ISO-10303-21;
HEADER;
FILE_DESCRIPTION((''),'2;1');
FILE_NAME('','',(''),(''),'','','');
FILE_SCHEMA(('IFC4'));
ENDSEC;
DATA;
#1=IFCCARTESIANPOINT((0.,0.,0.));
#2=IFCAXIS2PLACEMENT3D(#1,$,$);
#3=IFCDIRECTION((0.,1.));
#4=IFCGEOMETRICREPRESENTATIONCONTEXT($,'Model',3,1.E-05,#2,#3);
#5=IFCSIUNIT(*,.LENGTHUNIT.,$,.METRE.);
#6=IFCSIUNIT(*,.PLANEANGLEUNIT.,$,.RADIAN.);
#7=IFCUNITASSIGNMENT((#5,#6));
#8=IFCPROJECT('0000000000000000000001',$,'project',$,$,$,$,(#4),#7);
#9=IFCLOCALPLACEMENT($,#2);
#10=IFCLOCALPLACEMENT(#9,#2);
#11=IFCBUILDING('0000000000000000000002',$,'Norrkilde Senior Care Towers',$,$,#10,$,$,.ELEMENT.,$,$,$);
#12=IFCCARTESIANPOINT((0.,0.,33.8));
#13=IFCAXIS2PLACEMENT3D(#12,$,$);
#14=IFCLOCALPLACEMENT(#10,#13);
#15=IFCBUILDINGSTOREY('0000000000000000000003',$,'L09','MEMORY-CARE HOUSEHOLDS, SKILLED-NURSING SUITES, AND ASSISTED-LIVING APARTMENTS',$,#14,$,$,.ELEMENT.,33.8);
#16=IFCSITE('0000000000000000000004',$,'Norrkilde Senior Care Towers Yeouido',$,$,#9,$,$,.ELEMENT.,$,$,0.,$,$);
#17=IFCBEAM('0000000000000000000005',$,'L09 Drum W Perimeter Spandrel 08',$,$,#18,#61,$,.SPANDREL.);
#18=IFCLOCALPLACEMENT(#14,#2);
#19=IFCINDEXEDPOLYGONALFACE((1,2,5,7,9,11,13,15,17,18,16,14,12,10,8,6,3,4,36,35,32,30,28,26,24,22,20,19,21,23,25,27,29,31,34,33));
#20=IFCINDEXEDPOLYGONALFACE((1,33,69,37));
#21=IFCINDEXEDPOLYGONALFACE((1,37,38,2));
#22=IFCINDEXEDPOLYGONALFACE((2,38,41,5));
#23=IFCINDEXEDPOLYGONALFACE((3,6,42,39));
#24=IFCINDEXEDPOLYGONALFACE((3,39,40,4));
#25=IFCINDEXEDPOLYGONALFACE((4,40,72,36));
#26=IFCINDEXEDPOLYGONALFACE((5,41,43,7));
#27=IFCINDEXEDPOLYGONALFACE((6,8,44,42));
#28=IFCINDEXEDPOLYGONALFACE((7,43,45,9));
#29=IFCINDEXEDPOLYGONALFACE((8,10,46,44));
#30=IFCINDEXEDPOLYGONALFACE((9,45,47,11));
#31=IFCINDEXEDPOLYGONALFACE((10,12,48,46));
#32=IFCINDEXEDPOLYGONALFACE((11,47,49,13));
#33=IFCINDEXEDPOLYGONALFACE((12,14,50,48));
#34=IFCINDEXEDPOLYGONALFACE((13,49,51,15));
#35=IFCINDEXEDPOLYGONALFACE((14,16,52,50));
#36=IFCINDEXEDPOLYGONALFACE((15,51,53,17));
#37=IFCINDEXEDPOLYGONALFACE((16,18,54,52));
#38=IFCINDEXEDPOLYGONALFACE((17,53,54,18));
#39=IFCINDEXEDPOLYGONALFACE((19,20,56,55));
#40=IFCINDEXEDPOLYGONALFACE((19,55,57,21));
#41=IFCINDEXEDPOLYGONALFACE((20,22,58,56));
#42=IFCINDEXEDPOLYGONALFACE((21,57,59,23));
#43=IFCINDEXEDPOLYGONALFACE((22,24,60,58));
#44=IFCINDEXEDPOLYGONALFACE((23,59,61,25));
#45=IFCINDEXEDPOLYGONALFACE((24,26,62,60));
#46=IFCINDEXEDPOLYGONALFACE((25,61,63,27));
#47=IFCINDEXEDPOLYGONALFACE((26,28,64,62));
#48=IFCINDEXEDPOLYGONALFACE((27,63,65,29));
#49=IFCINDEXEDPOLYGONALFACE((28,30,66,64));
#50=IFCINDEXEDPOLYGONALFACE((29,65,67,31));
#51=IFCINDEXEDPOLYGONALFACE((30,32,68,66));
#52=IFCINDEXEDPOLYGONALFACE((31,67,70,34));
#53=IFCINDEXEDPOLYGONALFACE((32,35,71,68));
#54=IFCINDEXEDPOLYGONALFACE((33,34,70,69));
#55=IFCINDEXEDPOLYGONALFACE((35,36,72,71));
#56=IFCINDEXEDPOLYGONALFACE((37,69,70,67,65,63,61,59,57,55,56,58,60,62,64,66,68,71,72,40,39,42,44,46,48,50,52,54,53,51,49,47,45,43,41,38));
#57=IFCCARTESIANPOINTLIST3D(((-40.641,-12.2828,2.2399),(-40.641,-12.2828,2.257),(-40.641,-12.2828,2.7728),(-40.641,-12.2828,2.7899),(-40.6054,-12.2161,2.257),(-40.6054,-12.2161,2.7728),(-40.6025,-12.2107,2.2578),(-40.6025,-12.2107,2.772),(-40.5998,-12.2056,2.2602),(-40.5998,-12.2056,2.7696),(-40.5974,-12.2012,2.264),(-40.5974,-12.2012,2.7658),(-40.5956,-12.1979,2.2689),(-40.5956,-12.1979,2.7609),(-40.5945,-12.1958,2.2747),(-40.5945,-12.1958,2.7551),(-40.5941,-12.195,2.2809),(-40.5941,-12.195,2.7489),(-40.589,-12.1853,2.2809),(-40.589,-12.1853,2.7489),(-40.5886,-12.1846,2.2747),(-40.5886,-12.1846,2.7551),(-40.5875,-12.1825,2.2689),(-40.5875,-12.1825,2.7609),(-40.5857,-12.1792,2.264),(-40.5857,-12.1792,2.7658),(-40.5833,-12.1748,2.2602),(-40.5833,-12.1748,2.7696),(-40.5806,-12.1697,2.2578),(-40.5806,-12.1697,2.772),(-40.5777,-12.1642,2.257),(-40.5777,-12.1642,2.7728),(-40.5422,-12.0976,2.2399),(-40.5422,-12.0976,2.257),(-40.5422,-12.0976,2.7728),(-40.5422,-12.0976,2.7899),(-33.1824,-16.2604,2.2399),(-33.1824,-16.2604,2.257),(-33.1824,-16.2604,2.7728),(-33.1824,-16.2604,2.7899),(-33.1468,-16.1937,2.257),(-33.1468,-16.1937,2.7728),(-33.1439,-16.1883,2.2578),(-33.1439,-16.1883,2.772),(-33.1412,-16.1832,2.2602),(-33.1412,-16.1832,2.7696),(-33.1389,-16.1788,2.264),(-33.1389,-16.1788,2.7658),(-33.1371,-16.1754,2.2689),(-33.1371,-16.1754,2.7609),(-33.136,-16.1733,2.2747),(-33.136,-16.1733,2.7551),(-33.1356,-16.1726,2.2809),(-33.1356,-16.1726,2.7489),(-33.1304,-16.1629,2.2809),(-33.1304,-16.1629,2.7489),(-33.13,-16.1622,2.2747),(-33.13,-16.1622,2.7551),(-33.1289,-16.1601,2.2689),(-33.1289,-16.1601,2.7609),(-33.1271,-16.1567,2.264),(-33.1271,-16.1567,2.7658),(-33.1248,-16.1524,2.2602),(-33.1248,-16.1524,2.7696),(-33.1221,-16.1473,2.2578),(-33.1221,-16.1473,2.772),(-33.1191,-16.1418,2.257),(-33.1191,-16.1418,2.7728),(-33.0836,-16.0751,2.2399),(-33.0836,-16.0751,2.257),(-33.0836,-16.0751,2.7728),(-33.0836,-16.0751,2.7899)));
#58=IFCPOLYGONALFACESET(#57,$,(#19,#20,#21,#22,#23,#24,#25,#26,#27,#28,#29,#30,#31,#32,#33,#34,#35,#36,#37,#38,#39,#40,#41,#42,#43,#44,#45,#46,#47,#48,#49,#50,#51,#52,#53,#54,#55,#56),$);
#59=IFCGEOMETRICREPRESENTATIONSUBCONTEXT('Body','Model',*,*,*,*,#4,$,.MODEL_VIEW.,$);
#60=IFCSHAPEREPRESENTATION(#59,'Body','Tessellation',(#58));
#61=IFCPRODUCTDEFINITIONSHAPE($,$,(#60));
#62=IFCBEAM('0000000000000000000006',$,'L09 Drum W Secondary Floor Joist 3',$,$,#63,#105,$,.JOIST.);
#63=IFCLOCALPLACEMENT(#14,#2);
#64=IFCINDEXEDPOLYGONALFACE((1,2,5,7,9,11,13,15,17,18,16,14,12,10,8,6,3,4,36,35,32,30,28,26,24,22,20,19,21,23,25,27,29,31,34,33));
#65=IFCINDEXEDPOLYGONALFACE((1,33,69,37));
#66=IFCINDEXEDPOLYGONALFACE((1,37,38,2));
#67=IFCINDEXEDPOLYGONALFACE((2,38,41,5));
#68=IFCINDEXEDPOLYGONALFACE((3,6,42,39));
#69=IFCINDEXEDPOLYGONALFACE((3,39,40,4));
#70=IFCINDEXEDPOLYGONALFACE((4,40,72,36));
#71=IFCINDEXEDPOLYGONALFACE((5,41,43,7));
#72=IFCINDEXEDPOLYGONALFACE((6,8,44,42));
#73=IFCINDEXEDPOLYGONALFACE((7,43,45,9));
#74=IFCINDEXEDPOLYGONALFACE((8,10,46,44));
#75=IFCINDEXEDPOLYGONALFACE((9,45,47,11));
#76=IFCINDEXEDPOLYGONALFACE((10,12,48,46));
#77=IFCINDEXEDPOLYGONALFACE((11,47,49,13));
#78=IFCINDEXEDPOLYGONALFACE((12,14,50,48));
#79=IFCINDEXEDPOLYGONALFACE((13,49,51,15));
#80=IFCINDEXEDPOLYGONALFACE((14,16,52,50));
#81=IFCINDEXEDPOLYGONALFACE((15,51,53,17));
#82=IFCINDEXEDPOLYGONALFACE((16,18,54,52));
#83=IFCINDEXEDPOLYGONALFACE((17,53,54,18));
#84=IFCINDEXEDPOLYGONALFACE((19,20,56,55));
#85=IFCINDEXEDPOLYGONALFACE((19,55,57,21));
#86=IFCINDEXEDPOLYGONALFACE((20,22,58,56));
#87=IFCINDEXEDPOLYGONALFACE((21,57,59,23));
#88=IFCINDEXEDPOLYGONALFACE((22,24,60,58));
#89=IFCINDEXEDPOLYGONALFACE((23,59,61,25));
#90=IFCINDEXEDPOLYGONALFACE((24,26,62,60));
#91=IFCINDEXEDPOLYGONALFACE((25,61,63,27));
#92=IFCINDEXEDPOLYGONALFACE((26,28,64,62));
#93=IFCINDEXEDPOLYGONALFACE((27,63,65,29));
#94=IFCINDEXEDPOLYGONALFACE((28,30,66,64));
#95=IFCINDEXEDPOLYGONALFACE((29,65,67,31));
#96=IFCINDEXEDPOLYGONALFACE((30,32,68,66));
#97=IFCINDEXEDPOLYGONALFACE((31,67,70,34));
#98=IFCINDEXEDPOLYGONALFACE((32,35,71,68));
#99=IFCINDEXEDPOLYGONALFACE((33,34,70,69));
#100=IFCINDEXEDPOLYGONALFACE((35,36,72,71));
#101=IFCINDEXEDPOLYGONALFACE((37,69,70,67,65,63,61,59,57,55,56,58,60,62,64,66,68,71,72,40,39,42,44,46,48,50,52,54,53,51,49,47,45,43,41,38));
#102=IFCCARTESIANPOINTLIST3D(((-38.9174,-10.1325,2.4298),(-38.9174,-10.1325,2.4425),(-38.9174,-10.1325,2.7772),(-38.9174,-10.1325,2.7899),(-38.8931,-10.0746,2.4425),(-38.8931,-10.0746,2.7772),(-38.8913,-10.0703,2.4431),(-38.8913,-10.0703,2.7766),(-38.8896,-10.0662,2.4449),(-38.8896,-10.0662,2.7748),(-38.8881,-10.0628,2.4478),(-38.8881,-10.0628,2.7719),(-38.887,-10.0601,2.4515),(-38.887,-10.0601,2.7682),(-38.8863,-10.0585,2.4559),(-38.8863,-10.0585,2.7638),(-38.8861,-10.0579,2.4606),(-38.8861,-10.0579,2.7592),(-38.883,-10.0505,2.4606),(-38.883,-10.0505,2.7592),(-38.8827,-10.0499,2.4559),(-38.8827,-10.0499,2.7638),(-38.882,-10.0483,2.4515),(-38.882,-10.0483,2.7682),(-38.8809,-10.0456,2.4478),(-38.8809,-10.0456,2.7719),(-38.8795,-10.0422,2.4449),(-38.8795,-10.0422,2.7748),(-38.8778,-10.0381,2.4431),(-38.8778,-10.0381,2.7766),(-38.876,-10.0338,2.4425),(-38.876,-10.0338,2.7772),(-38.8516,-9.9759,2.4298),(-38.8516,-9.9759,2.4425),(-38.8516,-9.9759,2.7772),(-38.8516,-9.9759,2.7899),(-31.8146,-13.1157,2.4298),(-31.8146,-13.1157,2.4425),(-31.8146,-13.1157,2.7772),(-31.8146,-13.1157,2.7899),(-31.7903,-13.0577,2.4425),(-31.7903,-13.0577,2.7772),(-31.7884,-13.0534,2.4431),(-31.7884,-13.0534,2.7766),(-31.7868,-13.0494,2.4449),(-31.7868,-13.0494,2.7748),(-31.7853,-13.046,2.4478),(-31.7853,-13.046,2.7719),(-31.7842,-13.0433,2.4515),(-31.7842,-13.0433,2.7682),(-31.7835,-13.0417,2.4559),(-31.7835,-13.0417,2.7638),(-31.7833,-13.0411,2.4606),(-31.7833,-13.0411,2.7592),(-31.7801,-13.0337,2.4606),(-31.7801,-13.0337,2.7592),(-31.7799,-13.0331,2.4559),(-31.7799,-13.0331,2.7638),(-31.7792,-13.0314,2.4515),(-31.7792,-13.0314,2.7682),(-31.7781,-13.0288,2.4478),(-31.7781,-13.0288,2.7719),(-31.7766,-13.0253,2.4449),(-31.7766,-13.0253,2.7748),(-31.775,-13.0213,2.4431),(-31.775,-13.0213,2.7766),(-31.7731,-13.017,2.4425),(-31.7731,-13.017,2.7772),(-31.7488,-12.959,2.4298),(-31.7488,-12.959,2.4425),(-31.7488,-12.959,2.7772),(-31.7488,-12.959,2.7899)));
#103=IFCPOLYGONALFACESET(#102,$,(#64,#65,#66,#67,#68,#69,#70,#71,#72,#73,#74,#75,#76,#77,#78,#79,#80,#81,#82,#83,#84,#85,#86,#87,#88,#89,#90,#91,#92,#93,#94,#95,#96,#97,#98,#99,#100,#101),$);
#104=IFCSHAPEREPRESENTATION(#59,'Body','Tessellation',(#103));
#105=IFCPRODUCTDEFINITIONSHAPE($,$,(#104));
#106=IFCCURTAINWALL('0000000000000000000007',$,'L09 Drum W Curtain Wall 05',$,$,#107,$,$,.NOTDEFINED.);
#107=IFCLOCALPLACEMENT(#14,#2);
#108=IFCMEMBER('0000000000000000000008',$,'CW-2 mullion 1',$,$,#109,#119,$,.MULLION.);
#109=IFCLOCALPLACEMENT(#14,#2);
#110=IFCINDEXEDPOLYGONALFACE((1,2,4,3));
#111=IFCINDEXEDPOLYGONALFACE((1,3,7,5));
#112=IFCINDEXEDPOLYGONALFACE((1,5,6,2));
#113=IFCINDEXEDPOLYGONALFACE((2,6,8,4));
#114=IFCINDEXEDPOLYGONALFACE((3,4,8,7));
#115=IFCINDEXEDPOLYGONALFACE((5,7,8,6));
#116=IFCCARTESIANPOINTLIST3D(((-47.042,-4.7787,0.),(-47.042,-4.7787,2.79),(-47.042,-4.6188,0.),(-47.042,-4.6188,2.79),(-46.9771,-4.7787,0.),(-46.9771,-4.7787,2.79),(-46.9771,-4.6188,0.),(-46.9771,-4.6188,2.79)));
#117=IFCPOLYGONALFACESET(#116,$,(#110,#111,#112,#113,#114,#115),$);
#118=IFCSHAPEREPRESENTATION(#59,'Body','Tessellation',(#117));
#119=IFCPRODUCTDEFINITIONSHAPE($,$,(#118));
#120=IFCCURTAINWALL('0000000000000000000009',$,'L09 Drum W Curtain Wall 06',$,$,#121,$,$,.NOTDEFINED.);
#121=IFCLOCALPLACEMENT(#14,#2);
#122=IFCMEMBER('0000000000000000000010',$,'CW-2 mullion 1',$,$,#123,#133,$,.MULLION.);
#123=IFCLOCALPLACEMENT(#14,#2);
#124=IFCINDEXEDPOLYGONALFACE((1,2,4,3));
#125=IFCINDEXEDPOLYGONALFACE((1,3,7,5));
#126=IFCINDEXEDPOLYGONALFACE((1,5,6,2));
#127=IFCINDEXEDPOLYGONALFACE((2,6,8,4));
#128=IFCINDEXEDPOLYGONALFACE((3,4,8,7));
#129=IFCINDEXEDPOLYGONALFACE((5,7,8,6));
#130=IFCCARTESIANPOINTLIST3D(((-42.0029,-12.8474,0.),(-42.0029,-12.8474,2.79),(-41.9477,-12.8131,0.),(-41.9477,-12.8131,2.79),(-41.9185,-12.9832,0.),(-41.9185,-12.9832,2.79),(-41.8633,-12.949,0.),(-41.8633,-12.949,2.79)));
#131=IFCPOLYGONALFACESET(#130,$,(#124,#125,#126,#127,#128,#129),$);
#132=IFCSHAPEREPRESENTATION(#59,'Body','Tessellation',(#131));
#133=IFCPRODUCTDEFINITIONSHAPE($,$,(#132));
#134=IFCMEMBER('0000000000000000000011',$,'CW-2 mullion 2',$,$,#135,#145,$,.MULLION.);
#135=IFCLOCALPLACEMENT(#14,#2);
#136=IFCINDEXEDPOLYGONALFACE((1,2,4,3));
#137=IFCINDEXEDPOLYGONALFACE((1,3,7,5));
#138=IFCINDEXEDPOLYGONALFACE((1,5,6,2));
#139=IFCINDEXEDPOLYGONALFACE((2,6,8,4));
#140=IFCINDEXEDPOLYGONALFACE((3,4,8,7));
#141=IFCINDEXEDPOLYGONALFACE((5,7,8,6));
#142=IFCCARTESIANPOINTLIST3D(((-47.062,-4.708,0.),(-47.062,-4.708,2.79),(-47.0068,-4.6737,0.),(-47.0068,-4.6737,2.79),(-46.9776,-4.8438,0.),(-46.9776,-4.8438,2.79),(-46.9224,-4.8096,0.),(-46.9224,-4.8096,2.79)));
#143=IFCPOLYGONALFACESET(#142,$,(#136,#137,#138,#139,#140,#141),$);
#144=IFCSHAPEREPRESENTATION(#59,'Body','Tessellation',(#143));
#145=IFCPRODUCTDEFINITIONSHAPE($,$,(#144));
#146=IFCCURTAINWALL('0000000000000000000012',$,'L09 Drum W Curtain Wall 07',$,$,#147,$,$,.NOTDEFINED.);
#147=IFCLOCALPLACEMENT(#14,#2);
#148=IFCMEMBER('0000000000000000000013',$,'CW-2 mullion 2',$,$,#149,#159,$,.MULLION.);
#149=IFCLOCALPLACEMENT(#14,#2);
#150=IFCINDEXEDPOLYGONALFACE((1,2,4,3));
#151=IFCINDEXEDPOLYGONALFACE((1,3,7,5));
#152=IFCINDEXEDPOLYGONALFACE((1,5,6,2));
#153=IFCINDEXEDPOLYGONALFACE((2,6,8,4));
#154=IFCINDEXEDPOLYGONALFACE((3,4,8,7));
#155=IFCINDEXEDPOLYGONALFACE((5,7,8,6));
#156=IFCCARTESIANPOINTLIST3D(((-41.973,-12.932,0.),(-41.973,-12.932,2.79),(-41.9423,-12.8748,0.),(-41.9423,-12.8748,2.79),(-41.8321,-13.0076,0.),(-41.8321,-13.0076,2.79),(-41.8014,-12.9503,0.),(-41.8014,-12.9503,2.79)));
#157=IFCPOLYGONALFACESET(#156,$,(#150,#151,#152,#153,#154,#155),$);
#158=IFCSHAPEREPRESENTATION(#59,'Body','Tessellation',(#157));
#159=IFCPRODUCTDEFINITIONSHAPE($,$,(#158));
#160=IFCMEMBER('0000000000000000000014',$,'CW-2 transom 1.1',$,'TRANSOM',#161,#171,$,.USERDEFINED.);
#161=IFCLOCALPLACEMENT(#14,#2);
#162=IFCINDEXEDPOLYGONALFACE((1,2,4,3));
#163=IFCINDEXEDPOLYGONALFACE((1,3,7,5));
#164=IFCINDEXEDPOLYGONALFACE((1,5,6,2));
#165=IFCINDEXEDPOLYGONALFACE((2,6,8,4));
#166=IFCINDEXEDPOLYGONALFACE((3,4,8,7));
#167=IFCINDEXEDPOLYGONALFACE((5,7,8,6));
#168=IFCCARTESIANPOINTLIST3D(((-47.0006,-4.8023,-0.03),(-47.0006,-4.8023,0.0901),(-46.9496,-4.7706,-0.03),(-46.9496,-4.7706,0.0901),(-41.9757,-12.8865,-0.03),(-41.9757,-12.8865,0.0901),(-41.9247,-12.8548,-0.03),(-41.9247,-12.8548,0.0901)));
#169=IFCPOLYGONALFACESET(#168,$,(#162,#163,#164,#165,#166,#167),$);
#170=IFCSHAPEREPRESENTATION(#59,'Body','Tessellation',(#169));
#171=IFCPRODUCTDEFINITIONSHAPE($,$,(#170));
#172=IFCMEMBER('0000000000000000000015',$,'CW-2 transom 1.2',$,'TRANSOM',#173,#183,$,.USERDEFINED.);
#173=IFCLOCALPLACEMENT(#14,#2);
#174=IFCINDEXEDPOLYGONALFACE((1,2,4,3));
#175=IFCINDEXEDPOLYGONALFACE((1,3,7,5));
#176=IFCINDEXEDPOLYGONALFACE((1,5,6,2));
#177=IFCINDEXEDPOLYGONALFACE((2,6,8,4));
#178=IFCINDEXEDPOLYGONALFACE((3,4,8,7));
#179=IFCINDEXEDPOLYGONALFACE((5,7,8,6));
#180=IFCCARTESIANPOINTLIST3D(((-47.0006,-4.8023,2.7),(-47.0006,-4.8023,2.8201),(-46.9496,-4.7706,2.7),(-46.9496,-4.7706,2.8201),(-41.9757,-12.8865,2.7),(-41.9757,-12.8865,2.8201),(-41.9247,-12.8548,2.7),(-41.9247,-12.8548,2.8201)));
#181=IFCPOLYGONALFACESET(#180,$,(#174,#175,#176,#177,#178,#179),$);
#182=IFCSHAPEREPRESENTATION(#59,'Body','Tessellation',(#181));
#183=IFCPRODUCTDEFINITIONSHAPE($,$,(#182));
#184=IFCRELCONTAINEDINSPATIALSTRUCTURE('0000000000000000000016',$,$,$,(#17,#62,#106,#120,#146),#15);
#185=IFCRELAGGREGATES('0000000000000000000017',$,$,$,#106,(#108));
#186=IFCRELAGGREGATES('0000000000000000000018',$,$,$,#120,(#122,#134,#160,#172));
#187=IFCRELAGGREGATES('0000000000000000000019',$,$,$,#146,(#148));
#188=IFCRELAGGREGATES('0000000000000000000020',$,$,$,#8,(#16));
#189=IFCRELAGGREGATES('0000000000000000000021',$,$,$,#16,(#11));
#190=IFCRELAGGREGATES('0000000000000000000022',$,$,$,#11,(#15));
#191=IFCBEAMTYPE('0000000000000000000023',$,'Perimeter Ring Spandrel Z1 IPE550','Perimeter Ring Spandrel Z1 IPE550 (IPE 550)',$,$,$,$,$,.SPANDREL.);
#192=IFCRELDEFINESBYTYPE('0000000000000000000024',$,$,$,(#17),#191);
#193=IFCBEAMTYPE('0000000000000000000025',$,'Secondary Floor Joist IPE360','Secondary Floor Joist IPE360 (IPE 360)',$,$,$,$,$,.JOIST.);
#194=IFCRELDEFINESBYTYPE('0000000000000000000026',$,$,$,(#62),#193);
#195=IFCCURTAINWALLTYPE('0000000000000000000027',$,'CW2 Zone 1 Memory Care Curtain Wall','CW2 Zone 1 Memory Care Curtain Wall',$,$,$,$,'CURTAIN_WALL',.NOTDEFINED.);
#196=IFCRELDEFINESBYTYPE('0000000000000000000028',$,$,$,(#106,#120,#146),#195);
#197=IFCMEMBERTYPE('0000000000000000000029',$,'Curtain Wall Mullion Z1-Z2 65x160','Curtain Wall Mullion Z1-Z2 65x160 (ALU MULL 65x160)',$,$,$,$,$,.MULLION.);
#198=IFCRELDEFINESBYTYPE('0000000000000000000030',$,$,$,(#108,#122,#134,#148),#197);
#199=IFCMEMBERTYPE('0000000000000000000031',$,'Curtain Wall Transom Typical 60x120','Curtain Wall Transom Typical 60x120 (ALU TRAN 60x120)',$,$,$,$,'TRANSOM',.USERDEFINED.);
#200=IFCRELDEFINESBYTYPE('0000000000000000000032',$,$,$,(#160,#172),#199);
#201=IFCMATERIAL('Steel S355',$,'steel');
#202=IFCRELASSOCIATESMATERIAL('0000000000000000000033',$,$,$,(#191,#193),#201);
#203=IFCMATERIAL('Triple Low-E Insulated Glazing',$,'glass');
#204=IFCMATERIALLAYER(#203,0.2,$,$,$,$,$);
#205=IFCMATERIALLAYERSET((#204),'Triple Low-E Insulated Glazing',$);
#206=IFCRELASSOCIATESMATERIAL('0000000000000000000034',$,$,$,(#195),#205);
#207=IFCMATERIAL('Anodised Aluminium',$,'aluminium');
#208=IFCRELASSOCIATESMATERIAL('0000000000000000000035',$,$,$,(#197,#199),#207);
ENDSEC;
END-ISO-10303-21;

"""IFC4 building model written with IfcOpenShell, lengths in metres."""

from ifc_helpers import new_model, si_unit, direction, frame, origin, origin_2d, place, context, subcontext, project, spatial, rectangle, i_section, extrude, source, transform, mapped, material, layer, layer_set, material_profile, profile_set, type_object, type_shapes, element, aggregate, save


model = new_model("IFC4")

# Units and contexts
model_context = context("Model", 3, precision=1e-05, world=origin(), true_north=direction((0.0, 1.0)))
body_context = subcontext(model_context, "Body", "Model", "MODEL_VIEW")
ifc_project = project(units=[si_unit("LENGTHUNIT", "METRE"), si_unit("PLANEANGLEUNIT", "RADIAN")], contexts=[model_context])

# Site, building, storey
site_placement = place(None, origin())
site = spatial("IfcSite", under=ifc_project, at=site_placement, Name="Norrkilde Senior Care Towers Yeouido", CompositionType="ELEMENT", RefElevation=0.0)
building_placement = place(site_placement, origin())
building = spatial("IfcBuilding", under=site, at=building_placement, Name="Norrkilde Senior Care Towers", CompositionType="ELEMENT")
storey_placement = place(building_placement, frame((0.0, 0.0, 33.8)))
storey = spatial("IfcBuildingStorey", under=building, at=storey_placement, Name="L09", Description="MEMORY-CARE HOUSEHOLDS, SKILLED-NURSING SUITES, AND ASSISTED-LIVING APARTMENTS", CompositionType="ELEMENT", Elevation=33.8)

# Beams
ifc_material_1 = material(Name="Steel S355", Category="steel")
ifc_material_profile_1 = material_profile(ifc_material_1, i_section(OverallWidth=0.21, OverallDepth=0.55, WebThickness=0.011, FlangeThickness=0.0171, FilletRadius=0.0239, at=origin_2d()), Name="IPE 550")
ifc_profile_set_1 = profile_set([ifc_material_profile_1], Name="Steel S355")
beam_type_1 = type_object("IfcBeamType", Name="Perimeter Ring Spandrel Z1 IPE550", Description="Perimeter Ring Spandrel Z1 IPE550 (IPE 550)", PredefinedType="SPANDREL", material=ifc_profile_set_1)
shared_shape_1 = source(origin(), body_context, "Body", "SweptSolid", [
    extrude(i_section(OverallWidth=0.21, OverallDepth=0.55, WebThickness=0.011, FlangeThickness=0.0171, FilletRadius=0.0239, at=origin_2d()), origin(), (0.0, 0.0, 1.0), 8.4529),
])
beam_1_placement = place(storey_placement, frame((-40.5916, -12.1902, 2.5149), z_axis=(0.882369, -0.470558, 0.0), x_axis=(0.470558, 0.882369, 0.0)))
element("IfcBeam", 1, at=beam_1_placement, inside=storey, type_object=beam_type_1, Name="L09 Drum W Perimeter Spandrel 08", PredefinedType="SPANDREL", context=body_context, shape_type="MappedRepresentation", body=[
    mapped(shared_shape_1, transform((0.0, 0.0, 0.0), x_axis=(1.0, 0.0, 0.0), y_axis=(0.0, 1.0, 0.0), z_axis=(0.0, 0.0, 1.0), scale=1.0)),
])
ifc_material_profile_2 = material_profile(ifc_material_1, i_section(OverallWidth=0.1699, OverallDepth=0.3601, WebThickness=0.0081, FlangeThickness=0.0127, FilletRadius=0.0181, at=origin_2d()), Name="IPE 360")
ifc_profile_set_2 = profile_set([ifc_material_profile_2], Name="Steel S355")
beam_type_2 = type_object("IfcBeamType", Name="Secondary Floor Joist IPE360", Description="Secondary Floor Joist IPE360 (IPE 360)", PredefinedType="JOIST", material=ifc_profile_set_2)
shared_shape_2 = source(origin(), body_context, "Body", "SweptSolid", [
    extrude(i_section(OverallWidth=0.1699, OverallDepth=0.3601, WebThickness=0.0081, FlangeThickness=0.0127, FilletRadius=0.0181, at=origin_2d()), origin(), (0.0, 0.0, 1.0), 7.7039),
])
type_shapes(beam_type_2, [shared_shape_2])
beam_2_placement = place(storey_placement, frame((-38.8845, -10.0542, 2.6099), z_axis=(0.921983, -0.387231, 0.0), x_axis=(0.387231, 0.921983, 0.0)))
element("IfcBeam", 2, at=beam_2_placement, inside=storey, type_object=beam_type_2, Name="L09 Drum W Secondary Floor Joist 3", PredefinedType="JOIST", context=body_context, shape_type="MappedRepresentation", body=[
    mapped(shared_shape_2, transform((0.0, 0.0, 0.0), x_axis=(1.0, 0.0, 0.0), y_axis=(0.0, 1.0, 0.0), z_axis=(0.0, 0.0, 1.0), scale=1.0)),
])

# Curtain wall, member
ifc_material_2 = material(Name="Triple Low-E Insulated Glazing", Category="glass")
ifc_layer_1 = layer(ifc_material_2, 0.2)
ifc_layer_set_1 = layer_set([ifc_layer_1], Name="Triple Low-E Insulated Glazing")
curtain_wall_type = type_object("IfcCurtainWallType", Name="CW2 Zone 1 Memory Care Curtain Wall", Description="CW2 Zone 1 Memory Care Curtain Wall", ElementType="CURTAIN_WALL", PredefinedType="NOTDEFINED", material=ifc_layer_set_1)
curtain_wall_1_placement = place(storey_placement, origin())
curtain_wall_1 = element("IfcCurtainWall", 3, at=curtain_wall_1_placement, inside=storey, type_object=curtain_wall_type, Name="L09 Drum W Curtain Wall 05", PredefinedType="NOTDEFINED")
ifc_material_3 = material(Name="Anodised Aluminium", Category="aluminium")
ifc_material_profile_3 = material_profile(ifc_material_3, rectangle(XDim=0.0649, YDim=0.1599, at=origin_2d()), Name="ALU MULL 65x160")
ifc_profile_set_3 = profile_set([ifc_material_profile_3], Name="Anodised Aluminium")
member_type_1 = type_object("IfcMemberType", Name="Curtain Wall Mullion Z1-Z2 65x160", Description="Curtain Wall Mullion Z1-Z2 65x160 (ALU MULL 65x160)", PredefinedType="MULLION", material=ifc_profile_set_3)
shared_shape_3 = source(origin(), body_context, "Body", "SweptSolid", [
    extrude(rectangle(XDim=0.0649, YDim=0.1599, at=origin_2d()), origin(), (0.0, 0.0, 1.0), 2.79),
])
type_shapes(member_type_1, [shared_shape_3])
member_1_placement = place(storey_placement, frame((-47.0095, -4.6987, 0.0), z_axis=(0.0, 0.0, 1.0), x_axis=(-1.0, 0.0, 0.0)))
member_1 = element("IfcMember", 4, at=member_1_placement, type_object=member_type_1, Name="CW-2 mullion 1", PredefinedType="MULLION", context=body_context, shape_type="MappedRepresentation", body=[
    mapped(shared_shape_3, transform((0.0, 0.0, 0.0), x_axis=(1.0, 0.0, 0.0), y_axis=(0.0, 1.0, 0.0), z_axis=(0.0, 0.0, 1.0), scale=1.0)),
])

# Curtain wall, members
curtain_wall_2_placement = place(storey_placement, origin())
curtain_wall_2 = element("IfcCurtainWall", 5, at=curtain_wall_2_placement, inside=storey, type_object=curtain_wall_type, Name="L09 Drum W Curtain Wall 06", PredefinedType="NOTDEFINED")
member_2_placement = place(storey_placement, frame((-41.9331, -12.8982, 0.0), z_axis=(0.0, 0.0, 1.0), x_axis=(-0.849306, -0.527901, 0.0)))
member_2 = element("IfcMember", 6, at=member_2_placement, type_object=member_type_1, Name="CW-2 mullion 1", PredefinedType="MULLION", context=body_context, shape_type="MappedRepresentation", body=[
    mapped(shared_shape_3, transform((0.0, 0.0, 0.0), x_axis=(1.0, 0.0, 0.0), y_axis=(0.0, 1.0, 0.0), z_axis=(0.0, 0.0, 1.0), scale=1.0)),
])
member_3_placement = place(storey_placement, frame((-46.9922, -4.7588, 0.0), z_axis=(0.0, 0.0, 1.0), x_axis=(-0.849306, -0.527901, 0.0)))
member_3 = element("IfcMember", 7, at=member_3_placement, type_object=member_type_1, Name="CW-2 mullion 2", PredefinedType="MULLION", context=body_context, shape_type="MappedRepresentation", body=[
    mapped(shared_shape_3, transform((0.0, 0.0, 0.0), x_axis=(1.0, 0.0, 0.0), y_axis=(0.0, 1.0, 0.0), z_axis=(0.0, 0.0, 1.0), scale=1.0)),
])

# Curtain wall, member
curtain_wall_3_placement = place(storey_placement, origin())
curtain_wall_3 = element("IfcCurtainWall", 8, at=curtain_wall_3_placement, inside=storey, type_object=curtain_wall_type, Name="L09 Drum W Curtain Wall 07", PredefinedType="NOTDEFINED")
member_4_placement = place(storey_placement, frame((-41.8872, -12.9412, 0.0), z_axis=(0.0, 0.0, 1.0), x_axis=(-0.472608, -0.881273, 0.0)))
member_4 = element("IfcMember", 9, at=member_4_placement, type_object=member_type_1, Name="CW-2 mullion 2", PredefinedType="MULLION", context=body_context, shape_type="MappedRepresentation", body=[
    mapped(shared_shape_3, transform((0.0, 0.0, 0.0), x_axis=(1.0, 0.0, 0.0), y_axis=(0.0, 1.0, 0.0), z_axis=(0.0, 0.0, 1.0), scale=1.0)),
])

# Members
ifc_material_profile_4 = material_profile(ifc_material_3, rectangle(XDim=0.0601, YDim=0.1201, at=origin_2d()), Name="ALU TRAN 60x120")
ifc_profile_set_4 = profile_set([ifc_material_profile_4], Name="Anodised Aluminium")
member_type_2 = type_object("IfcMemberType", Name="Curtain Wall Transom Typical 60x120", Description="Curtain Wall Transom Typical 60x120 (ALU TRAN 60x120)", ElementType="TRANSOM", PredefinedType="USERDEFINED", material=ifc_profile_set_4)
shared_shape_4 = source(origin(), body_context, "Body", "SweptSolid", [
    extrude(rectangle(XDim=0.0601, YDim=0.1201, at=origin_2d()), origin(), (0.0, 0.0, 1.0), 9.5186),
])
member_5_placement = place(storey_placement, frame((-41.9502, -12.8706, 0.03), z_axis=(-0.527902, 0.849306, 0.0), x_axis=(-0.849306, -0.527902, 0.0)))
member_5 = element("IfcMember", 10, at=member_5_placement, type_object=member_type_2, Name="CW-2 transom 1.1", ObjectType="TRANSOM", PredefinedType="USERDEFINED", context=body_context, shape_type="MappedRepresentation", body=[
    mapped(shared_shape_4, transform((0.0, 0.0, 0.0), x_axis=(1.0, 0.0, 0.0), y_axis=(0.0, 1.0, 0.0), z_axis=(0.0, 0.0, 1.0), scale=1.0)),
])
member_6_placement = place(storey_placement, frame((-41.9502, -12.8706, 2.76), z_axis=(-0.527902, 0.849306, 0.0), x_axis=(-0.849306, -0.527902, 0.0)))
member_6 = element("IfcMember", 11, at=member_6_placement, type_object=member_type_2, Name="CW-2 transom 1.2", ObjectType="TRANSOM", PredefinedType="USERDEFINED", context=body_context, shape_type="MappedRepresentation", body=[
    mapped(shared_shape_4, transform((0.0, 0.0, 0.0), x_axis=(1.0, 0.0, 0.0), y_axis=(0.0, 1.0, 0.0), z_axis=(0.0, 0.0, 1.0), scale=1.0)),
])
aggregate(curtain_wall_1, [member_1])

aggregate(curtain_wall_2, [member_2, member_3, member_5, member_6])
aggregate(curtain_wall_3, [member_4])

save(model, "model.ifc")
